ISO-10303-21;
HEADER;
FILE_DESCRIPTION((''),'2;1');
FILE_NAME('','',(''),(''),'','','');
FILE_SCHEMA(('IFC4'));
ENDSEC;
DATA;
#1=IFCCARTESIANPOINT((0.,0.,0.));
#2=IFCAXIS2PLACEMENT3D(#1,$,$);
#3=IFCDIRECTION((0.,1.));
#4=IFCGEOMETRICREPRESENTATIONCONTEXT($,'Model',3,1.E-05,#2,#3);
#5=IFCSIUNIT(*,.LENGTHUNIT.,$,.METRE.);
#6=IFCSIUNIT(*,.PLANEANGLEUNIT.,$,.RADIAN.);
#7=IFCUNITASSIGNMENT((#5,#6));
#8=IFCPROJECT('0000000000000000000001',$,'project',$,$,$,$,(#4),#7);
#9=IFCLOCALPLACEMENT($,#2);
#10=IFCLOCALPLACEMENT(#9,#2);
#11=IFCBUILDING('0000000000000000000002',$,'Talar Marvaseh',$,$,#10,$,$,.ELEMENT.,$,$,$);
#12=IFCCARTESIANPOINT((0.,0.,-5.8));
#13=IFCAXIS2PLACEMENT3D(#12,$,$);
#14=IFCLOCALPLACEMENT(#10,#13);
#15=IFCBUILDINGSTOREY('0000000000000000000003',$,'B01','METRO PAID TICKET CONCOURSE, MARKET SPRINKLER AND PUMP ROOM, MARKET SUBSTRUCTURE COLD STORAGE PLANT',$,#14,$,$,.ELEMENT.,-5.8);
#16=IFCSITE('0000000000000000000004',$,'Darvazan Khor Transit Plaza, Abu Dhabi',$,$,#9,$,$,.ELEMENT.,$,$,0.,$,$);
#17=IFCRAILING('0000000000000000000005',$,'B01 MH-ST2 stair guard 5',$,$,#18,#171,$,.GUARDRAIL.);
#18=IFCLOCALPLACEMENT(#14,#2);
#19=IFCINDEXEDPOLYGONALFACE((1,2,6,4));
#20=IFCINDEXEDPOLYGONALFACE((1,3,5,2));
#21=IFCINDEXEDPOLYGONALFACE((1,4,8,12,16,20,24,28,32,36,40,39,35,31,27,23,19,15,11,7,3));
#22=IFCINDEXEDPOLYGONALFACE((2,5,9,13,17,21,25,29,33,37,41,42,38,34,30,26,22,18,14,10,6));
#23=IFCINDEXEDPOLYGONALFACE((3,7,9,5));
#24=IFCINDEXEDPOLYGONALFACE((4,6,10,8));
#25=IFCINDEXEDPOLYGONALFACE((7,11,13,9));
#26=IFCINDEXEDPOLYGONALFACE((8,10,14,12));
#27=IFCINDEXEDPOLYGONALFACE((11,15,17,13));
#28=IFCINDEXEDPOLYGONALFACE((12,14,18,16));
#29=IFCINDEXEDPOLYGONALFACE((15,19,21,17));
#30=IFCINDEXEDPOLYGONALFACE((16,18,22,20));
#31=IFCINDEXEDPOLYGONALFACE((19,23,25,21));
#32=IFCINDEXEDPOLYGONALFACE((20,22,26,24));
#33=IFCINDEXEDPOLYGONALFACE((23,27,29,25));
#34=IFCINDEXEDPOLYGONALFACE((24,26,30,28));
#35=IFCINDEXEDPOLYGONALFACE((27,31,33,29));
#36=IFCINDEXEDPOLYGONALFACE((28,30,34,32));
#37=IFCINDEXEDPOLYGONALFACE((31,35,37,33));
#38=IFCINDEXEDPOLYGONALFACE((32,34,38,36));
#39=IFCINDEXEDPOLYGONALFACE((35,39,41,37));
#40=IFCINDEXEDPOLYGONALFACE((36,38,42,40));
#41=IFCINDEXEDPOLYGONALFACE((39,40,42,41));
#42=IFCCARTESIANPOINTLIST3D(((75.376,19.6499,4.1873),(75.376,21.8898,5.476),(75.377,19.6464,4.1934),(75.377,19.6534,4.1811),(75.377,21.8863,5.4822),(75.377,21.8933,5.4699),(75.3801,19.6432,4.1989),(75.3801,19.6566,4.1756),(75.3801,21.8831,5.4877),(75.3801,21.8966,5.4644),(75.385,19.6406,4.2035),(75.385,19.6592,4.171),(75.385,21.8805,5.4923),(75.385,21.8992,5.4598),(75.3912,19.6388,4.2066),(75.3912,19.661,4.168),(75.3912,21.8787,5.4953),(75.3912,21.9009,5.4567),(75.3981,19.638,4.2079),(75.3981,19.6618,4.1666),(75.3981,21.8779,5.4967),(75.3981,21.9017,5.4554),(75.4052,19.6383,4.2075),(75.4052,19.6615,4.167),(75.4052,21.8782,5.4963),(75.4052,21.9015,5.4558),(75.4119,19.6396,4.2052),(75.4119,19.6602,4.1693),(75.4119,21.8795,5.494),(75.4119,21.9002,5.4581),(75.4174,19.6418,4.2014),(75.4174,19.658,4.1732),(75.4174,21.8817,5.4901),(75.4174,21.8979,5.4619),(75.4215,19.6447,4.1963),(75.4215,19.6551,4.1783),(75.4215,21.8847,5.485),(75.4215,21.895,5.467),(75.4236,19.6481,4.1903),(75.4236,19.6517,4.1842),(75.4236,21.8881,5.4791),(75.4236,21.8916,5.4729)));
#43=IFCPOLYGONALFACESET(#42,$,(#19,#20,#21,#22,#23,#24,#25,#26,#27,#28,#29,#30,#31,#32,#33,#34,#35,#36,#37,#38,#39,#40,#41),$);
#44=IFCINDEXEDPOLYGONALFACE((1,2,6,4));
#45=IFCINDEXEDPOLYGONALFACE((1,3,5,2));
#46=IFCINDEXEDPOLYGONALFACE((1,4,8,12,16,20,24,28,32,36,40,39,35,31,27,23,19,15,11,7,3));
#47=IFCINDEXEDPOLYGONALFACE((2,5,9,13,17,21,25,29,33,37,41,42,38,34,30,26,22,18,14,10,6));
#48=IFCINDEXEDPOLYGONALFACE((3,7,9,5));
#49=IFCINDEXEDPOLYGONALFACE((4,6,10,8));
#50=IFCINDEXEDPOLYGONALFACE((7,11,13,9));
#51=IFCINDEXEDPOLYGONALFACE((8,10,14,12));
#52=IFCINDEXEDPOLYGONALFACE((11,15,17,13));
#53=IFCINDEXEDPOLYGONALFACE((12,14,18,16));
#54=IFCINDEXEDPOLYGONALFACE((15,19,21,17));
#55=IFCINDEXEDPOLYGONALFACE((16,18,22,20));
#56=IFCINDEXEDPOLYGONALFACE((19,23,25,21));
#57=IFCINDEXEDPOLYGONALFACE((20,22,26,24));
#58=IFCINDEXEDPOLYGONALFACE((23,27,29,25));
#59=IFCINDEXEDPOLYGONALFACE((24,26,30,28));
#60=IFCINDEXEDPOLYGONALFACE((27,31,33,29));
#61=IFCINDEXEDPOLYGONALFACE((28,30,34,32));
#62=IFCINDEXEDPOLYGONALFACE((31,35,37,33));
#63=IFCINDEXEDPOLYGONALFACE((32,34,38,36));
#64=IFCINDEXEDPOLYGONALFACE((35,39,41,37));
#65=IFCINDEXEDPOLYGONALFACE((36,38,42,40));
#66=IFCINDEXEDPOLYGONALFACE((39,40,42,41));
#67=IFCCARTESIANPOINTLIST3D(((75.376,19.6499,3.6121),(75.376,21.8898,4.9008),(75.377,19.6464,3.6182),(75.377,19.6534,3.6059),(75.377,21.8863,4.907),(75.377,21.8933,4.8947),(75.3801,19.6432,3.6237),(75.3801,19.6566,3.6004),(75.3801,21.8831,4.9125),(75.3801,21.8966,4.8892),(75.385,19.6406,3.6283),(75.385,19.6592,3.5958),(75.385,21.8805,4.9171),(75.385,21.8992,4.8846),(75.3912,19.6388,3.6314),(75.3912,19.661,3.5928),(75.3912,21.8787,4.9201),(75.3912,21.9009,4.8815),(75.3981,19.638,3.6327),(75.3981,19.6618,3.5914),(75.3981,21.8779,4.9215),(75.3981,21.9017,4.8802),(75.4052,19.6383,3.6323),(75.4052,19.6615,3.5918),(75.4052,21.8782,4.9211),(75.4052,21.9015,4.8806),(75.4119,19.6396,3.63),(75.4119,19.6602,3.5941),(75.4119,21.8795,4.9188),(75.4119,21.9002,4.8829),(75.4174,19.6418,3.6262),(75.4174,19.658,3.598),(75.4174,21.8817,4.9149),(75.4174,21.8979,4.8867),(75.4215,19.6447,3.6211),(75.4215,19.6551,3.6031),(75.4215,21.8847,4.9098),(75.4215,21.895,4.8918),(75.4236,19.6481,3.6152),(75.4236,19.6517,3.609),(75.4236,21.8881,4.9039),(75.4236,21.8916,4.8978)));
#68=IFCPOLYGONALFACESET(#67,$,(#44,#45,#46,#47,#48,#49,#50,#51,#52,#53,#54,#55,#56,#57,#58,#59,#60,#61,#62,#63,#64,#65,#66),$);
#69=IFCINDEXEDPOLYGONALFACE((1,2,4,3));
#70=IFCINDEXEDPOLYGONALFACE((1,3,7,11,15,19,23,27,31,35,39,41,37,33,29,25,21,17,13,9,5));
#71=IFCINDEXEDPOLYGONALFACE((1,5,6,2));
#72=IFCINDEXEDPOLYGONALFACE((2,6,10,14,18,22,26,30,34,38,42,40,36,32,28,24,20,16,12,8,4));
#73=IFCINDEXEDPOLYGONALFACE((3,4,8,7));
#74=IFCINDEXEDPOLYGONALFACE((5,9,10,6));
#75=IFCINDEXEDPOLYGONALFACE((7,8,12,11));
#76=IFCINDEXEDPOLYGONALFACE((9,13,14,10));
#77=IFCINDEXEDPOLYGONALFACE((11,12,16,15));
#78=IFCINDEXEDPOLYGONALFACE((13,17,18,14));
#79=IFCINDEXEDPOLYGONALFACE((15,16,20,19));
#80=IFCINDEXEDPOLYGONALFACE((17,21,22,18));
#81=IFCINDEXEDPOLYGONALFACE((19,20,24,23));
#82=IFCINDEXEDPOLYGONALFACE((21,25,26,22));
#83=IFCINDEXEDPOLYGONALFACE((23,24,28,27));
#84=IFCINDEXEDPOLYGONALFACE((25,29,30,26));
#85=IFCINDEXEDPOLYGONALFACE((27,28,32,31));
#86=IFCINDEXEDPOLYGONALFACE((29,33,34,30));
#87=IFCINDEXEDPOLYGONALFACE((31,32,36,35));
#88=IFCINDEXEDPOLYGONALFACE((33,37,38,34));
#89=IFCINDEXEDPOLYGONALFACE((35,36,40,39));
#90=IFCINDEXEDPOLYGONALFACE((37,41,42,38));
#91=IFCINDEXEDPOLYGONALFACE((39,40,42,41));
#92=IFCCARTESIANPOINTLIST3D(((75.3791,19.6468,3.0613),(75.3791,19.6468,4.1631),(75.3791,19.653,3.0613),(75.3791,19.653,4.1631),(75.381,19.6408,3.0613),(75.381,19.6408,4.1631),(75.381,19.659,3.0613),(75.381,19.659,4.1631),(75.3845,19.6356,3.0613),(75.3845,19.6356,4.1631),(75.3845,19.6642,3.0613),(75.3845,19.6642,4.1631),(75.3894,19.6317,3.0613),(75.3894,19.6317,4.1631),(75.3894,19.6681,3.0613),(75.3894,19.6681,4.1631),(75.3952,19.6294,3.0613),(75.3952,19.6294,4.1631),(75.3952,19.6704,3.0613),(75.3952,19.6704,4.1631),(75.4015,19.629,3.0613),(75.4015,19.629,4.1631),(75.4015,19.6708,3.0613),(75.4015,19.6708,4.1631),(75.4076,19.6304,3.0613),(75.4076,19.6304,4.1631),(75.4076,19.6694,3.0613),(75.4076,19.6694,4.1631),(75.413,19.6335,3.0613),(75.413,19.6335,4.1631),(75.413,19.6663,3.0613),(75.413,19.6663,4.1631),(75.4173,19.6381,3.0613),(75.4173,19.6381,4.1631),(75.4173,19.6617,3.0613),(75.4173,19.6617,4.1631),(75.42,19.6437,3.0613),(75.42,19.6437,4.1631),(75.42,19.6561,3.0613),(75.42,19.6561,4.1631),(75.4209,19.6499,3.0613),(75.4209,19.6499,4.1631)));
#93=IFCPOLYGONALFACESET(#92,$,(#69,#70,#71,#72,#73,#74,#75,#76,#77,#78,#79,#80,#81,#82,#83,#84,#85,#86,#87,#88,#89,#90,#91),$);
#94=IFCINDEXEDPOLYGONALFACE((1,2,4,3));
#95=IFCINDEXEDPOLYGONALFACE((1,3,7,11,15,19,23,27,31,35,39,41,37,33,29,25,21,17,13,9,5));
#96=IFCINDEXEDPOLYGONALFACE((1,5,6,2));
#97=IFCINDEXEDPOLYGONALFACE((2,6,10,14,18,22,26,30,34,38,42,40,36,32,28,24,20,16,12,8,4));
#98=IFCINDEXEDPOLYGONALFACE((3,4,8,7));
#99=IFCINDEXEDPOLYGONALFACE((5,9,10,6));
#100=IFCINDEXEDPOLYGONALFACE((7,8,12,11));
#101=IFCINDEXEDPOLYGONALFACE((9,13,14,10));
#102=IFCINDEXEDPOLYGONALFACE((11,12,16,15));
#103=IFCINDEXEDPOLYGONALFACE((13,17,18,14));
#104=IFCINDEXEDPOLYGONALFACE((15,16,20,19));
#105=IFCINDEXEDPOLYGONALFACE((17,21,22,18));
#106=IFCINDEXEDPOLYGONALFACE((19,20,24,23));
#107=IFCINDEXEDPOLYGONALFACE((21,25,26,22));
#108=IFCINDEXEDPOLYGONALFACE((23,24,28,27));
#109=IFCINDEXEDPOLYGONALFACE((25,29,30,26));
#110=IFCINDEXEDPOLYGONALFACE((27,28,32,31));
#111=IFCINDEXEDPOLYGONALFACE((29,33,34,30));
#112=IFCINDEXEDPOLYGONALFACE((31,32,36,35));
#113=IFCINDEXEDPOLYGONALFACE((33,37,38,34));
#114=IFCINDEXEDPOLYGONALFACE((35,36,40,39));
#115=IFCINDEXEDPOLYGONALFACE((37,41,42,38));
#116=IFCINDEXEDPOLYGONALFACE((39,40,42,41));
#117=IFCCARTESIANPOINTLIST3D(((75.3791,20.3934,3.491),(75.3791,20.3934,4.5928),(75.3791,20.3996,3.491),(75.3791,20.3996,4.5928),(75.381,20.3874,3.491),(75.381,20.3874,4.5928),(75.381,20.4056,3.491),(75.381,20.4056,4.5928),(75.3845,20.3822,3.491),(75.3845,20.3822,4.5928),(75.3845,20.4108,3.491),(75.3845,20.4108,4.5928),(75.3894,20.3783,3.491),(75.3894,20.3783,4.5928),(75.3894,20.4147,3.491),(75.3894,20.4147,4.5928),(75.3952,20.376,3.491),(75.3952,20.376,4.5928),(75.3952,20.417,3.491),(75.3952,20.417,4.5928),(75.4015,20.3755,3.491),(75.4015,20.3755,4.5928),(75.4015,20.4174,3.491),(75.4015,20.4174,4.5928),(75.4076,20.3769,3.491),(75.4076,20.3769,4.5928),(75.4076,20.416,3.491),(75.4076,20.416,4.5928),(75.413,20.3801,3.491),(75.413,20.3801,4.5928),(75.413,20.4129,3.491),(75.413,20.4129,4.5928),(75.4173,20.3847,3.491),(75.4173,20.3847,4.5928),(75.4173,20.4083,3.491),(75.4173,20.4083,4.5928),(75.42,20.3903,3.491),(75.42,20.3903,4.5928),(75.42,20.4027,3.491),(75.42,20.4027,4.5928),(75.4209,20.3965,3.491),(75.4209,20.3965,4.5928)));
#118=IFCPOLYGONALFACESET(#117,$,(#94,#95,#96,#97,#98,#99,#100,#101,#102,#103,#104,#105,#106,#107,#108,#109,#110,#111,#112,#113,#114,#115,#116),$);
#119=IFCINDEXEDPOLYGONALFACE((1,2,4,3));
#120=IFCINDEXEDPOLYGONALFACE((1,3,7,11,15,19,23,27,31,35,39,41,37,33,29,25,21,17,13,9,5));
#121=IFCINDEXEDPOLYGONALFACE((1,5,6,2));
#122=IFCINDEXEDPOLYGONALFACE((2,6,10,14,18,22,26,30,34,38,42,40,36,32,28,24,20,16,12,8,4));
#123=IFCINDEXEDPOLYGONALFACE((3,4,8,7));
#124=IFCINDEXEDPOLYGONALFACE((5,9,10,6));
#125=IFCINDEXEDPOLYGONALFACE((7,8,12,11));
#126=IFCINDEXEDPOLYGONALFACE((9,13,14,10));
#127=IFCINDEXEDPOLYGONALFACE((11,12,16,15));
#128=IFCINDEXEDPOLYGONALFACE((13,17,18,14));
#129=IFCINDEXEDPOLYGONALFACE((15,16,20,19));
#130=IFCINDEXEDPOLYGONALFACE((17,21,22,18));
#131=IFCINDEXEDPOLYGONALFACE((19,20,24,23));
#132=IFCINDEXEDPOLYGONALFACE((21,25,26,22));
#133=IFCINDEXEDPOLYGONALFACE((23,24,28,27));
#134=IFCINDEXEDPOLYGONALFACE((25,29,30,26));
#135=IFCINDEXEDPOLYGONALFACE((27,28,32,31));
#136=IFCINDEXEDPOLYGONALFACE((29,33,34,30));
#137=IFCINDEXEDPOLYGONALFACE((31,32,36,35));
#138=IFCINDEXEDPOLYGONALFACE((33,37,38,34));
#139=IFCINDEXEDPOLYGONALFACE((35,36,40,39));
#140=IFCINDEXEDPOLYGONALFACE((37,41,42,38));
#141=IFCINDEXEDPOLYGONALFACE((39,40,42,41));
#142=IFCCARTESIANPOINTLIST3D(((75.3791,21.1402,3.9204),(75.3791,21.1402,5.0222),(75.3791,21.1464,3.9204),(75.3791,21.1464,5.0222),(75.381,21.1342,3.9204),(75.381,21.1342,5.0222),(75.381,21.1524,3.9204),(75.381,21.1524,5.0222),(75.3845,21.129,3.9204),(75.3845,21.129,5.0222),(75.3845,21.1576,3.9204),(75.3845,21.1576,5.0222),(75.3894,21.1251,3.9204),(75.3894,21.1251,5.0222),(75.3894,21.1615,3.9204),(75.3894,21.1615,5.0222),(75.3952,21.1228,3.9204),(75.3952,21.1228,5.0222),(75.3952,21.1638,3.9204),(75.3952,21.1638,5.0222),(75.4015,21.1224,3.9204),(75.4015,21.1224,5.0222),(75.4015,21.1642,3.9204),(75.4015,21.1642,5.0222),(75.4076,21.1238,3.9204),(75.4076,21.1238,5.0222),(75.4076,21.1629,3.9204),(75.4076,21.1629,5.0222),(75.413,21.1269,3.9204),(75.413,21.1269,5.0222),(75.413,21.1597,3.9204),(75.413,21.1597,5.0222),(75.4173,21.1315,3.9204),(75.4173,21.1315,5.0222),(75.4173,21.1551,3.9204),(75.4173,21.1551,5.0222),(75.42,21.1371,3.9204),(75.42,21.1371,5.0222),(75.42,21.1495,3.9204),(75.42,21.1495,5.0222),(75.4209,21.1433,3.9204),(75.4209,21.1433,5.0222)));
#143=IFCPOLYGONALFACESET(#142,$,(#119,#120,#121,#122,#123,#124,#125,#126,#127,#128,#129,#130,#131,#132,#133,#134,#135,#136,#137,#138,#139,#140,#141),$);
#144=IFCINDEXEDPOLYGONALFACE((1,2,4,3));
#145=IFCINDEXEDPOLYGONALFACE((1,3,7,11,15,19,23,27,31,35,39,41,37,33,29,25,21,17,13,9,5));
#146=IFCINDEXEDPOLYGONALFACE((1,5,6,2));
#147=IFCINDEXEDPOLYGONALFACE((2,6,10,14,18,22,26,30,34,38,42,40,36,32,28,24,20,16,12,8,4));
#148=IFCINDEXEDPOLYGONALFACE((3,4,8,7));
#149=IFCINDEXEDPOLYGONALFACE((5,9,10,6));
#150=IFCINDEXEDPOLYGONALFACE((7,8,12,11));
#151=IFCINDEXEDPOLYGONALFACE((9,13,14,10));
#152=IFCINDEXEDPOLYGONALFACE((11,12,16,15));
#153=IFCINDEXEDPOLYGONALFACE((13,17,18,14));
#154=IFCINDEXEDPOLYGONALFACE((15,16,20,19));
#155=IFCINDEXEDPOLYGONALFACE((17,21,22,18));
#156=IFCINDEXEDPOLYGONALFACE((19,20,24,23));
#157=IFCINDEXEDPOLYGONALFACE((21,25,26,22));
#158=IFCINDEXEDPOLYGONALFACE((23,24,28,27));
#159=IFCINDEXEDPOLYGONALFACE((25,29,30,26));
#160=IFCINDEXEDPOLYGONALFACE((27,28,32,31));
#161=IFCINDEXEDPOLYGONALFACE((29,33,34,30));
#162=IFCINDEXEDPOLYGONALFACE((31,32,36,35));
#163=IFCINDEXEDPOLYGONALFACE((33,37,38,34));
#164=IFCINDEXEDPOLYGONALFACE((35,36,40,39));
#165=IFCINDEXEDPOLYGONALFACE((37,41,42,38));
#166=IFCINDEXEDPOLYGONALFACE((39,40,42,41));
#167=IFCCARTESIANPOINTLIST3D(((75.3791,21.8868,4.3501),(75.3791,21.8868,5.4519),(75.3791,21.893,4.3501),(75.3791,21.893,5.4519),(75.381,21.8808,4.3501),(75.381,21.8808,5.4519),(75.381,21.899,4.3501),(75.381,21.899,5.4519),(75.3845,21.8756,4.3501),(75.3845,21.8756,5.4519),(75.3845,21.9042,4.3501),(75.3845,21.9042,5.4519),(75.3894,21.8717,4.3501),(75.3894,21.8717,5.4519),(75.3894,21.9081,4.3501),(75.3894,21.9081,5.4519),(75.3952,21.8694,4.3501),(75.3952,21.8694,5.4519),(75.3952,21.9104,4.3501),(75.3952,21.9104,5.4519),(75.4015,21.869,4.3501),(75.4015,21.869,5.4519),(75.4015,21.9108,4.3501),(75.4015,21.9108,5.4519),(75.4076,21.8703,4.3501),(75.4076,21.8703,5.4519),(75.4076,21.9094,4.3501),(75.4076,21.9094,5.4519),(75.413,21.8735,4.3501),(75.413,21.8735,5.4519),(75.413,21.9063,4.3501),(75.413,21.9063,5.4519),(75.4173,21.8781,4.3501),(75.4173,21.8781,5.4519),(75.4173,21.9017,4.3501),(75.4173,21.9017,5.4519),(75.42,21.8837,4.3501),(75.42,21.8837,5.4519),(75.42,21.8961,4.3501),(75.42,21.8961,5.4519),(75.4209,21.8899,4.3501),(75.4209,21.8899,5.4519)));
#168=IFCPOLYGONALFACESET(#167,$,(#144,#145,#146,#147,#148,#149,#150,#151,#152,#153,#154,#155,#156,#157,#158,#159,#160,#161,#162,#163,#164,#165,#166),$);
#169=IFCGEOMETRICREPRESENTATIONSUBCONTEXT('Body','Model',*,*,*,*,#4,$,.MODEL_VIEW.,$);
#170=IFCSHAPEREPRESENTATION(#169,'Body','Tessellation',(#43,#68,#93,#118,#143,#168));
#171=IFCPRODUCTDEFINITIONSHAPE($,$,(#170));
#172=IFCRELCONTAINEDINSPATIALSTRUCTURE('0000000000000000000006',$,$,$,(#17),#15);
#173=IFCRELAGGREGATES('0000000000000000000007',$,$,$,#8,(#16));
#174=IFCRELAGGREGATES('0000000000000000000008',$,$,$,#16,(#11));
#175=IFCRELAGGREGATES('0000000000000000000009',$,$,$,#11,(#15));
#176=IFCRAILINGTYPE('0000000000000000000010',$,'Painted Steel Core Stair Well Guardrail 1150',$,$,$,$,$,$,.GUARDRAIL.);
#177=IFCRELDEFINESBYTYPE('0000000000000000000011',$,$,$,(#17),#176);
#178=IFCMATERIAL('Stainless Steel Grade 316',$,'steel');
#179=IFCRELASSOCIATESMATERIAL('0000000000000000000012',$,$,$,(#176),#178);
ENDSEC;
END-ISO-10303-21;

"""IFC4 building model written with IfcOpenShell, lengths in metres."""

from ifc_helpers import new_model, si_unit, direction, frame, origin, origin_2d, place, context, subcontext, project, spatial, circle, extrude, material, type_object, element, save


model = new_model("IFC4")

# Units and contexts
model_context = context("Model", 3, precision=1e-05, world=origin(), true_north=direction((0.0, 1.0)))
body_context = subcontext(model_context, "Body", "Model", "MODEL_VIEW")
ifc_project = project(units=[si_unit("LENGTHUNIT", "METRE"), si_unit("PLANEANGLEUNIT", "RADIAN")], contexts=[model_context])

# Site, building, storey
site_placement = place(None, origin())
site = spatial("IfcSite", under=ifc_project, at=site_placement, Name="Darvazan Khor Transit Plaza, Abu Dhabi", CompositionType="ELEMENT", RefElevation=0.0)
building_placement = place(site_placement, origin())
building = spatial("IfcBuilding", under=site, at=building_placement, Name="Talar Marvaseh", CompositionType="ELEMENT")
storey_placement = place(building_placement, frame((0.0, 0.0, -5.8)))
storey = spatial("IfcBuildingStorey", under=building, at=storey_placement, Name="B01", Description="METRO PAID TICKET CONCOURSE, MARKET SPRINKLER AND PUMP ROOM, MARKET SUBSTRUCTURE COLD STORAGE PLANT", CompositionType="ELEMENT", Elevation=-5.8)

# Railing
ifc_material_1 = material(Name="Stainless Steel Grade 316", Category="steel")
railing_type_1 = type_object("IfcRailingType", Name="Painted Steel Core Stair Well Guardrail 1150", PredefinedType="GUARDRAIL", material=ifc_material_1)
railing_1_placement = place(storey_placement, frame((75.3999, 19.6499, 3.0613)))
element("IfcRailing", 1, at=railing_1_placement, inside=storey, type_object=railing_type_1, Name="B01 MH-ST2 stair guard 5", PredefinedType="GUARDRAIL", context=body_context, shape_type="SweptSolid", body=[
    extrude(circle(Radius=0.0239, at=origin_2d()), frame((0.0, 0.0, 1.126), z_axis=(0.0, 0.866768, 0.498711), x_axis=(-1.0, 0.0, 0.0)), (0.0, 0.0, 1.0), 2.5842),
    extrude(circle(Radius=0.0239, at=origin_2d()), frame((0.0, 0.0, 0.5508), z_axis=(0.0, 0.866768, 0.498711), x_axis=(-1.0, 0.0, 0.0)), (0.0, 0.0, 1.0), 2.5842),
    extrude(circle(Radius=0.021, at=origin_2d()), origin(), (0.0, 0.0, 1.0), 1.1018),
    extrude(circle(Radius=0.021, at=origin_2d()), frame((0.0, 0.7466, 0.4297)), (0.0, 0.0, 1.0), 1.1018),
    extrude(circle(Radius=0.021, at=origin_2d()), frame((0.0, 1.4934, 0.8591)), (0.0, 0.0, 1.0), 1.1018),
    extrude(circle(Radius=0.021, at=origin_2d()), frame((0.0, 2.24, 1.2888)), (0.0, 0.0, 1.0), 1.1018),
])

save(model, "model.ifc")
